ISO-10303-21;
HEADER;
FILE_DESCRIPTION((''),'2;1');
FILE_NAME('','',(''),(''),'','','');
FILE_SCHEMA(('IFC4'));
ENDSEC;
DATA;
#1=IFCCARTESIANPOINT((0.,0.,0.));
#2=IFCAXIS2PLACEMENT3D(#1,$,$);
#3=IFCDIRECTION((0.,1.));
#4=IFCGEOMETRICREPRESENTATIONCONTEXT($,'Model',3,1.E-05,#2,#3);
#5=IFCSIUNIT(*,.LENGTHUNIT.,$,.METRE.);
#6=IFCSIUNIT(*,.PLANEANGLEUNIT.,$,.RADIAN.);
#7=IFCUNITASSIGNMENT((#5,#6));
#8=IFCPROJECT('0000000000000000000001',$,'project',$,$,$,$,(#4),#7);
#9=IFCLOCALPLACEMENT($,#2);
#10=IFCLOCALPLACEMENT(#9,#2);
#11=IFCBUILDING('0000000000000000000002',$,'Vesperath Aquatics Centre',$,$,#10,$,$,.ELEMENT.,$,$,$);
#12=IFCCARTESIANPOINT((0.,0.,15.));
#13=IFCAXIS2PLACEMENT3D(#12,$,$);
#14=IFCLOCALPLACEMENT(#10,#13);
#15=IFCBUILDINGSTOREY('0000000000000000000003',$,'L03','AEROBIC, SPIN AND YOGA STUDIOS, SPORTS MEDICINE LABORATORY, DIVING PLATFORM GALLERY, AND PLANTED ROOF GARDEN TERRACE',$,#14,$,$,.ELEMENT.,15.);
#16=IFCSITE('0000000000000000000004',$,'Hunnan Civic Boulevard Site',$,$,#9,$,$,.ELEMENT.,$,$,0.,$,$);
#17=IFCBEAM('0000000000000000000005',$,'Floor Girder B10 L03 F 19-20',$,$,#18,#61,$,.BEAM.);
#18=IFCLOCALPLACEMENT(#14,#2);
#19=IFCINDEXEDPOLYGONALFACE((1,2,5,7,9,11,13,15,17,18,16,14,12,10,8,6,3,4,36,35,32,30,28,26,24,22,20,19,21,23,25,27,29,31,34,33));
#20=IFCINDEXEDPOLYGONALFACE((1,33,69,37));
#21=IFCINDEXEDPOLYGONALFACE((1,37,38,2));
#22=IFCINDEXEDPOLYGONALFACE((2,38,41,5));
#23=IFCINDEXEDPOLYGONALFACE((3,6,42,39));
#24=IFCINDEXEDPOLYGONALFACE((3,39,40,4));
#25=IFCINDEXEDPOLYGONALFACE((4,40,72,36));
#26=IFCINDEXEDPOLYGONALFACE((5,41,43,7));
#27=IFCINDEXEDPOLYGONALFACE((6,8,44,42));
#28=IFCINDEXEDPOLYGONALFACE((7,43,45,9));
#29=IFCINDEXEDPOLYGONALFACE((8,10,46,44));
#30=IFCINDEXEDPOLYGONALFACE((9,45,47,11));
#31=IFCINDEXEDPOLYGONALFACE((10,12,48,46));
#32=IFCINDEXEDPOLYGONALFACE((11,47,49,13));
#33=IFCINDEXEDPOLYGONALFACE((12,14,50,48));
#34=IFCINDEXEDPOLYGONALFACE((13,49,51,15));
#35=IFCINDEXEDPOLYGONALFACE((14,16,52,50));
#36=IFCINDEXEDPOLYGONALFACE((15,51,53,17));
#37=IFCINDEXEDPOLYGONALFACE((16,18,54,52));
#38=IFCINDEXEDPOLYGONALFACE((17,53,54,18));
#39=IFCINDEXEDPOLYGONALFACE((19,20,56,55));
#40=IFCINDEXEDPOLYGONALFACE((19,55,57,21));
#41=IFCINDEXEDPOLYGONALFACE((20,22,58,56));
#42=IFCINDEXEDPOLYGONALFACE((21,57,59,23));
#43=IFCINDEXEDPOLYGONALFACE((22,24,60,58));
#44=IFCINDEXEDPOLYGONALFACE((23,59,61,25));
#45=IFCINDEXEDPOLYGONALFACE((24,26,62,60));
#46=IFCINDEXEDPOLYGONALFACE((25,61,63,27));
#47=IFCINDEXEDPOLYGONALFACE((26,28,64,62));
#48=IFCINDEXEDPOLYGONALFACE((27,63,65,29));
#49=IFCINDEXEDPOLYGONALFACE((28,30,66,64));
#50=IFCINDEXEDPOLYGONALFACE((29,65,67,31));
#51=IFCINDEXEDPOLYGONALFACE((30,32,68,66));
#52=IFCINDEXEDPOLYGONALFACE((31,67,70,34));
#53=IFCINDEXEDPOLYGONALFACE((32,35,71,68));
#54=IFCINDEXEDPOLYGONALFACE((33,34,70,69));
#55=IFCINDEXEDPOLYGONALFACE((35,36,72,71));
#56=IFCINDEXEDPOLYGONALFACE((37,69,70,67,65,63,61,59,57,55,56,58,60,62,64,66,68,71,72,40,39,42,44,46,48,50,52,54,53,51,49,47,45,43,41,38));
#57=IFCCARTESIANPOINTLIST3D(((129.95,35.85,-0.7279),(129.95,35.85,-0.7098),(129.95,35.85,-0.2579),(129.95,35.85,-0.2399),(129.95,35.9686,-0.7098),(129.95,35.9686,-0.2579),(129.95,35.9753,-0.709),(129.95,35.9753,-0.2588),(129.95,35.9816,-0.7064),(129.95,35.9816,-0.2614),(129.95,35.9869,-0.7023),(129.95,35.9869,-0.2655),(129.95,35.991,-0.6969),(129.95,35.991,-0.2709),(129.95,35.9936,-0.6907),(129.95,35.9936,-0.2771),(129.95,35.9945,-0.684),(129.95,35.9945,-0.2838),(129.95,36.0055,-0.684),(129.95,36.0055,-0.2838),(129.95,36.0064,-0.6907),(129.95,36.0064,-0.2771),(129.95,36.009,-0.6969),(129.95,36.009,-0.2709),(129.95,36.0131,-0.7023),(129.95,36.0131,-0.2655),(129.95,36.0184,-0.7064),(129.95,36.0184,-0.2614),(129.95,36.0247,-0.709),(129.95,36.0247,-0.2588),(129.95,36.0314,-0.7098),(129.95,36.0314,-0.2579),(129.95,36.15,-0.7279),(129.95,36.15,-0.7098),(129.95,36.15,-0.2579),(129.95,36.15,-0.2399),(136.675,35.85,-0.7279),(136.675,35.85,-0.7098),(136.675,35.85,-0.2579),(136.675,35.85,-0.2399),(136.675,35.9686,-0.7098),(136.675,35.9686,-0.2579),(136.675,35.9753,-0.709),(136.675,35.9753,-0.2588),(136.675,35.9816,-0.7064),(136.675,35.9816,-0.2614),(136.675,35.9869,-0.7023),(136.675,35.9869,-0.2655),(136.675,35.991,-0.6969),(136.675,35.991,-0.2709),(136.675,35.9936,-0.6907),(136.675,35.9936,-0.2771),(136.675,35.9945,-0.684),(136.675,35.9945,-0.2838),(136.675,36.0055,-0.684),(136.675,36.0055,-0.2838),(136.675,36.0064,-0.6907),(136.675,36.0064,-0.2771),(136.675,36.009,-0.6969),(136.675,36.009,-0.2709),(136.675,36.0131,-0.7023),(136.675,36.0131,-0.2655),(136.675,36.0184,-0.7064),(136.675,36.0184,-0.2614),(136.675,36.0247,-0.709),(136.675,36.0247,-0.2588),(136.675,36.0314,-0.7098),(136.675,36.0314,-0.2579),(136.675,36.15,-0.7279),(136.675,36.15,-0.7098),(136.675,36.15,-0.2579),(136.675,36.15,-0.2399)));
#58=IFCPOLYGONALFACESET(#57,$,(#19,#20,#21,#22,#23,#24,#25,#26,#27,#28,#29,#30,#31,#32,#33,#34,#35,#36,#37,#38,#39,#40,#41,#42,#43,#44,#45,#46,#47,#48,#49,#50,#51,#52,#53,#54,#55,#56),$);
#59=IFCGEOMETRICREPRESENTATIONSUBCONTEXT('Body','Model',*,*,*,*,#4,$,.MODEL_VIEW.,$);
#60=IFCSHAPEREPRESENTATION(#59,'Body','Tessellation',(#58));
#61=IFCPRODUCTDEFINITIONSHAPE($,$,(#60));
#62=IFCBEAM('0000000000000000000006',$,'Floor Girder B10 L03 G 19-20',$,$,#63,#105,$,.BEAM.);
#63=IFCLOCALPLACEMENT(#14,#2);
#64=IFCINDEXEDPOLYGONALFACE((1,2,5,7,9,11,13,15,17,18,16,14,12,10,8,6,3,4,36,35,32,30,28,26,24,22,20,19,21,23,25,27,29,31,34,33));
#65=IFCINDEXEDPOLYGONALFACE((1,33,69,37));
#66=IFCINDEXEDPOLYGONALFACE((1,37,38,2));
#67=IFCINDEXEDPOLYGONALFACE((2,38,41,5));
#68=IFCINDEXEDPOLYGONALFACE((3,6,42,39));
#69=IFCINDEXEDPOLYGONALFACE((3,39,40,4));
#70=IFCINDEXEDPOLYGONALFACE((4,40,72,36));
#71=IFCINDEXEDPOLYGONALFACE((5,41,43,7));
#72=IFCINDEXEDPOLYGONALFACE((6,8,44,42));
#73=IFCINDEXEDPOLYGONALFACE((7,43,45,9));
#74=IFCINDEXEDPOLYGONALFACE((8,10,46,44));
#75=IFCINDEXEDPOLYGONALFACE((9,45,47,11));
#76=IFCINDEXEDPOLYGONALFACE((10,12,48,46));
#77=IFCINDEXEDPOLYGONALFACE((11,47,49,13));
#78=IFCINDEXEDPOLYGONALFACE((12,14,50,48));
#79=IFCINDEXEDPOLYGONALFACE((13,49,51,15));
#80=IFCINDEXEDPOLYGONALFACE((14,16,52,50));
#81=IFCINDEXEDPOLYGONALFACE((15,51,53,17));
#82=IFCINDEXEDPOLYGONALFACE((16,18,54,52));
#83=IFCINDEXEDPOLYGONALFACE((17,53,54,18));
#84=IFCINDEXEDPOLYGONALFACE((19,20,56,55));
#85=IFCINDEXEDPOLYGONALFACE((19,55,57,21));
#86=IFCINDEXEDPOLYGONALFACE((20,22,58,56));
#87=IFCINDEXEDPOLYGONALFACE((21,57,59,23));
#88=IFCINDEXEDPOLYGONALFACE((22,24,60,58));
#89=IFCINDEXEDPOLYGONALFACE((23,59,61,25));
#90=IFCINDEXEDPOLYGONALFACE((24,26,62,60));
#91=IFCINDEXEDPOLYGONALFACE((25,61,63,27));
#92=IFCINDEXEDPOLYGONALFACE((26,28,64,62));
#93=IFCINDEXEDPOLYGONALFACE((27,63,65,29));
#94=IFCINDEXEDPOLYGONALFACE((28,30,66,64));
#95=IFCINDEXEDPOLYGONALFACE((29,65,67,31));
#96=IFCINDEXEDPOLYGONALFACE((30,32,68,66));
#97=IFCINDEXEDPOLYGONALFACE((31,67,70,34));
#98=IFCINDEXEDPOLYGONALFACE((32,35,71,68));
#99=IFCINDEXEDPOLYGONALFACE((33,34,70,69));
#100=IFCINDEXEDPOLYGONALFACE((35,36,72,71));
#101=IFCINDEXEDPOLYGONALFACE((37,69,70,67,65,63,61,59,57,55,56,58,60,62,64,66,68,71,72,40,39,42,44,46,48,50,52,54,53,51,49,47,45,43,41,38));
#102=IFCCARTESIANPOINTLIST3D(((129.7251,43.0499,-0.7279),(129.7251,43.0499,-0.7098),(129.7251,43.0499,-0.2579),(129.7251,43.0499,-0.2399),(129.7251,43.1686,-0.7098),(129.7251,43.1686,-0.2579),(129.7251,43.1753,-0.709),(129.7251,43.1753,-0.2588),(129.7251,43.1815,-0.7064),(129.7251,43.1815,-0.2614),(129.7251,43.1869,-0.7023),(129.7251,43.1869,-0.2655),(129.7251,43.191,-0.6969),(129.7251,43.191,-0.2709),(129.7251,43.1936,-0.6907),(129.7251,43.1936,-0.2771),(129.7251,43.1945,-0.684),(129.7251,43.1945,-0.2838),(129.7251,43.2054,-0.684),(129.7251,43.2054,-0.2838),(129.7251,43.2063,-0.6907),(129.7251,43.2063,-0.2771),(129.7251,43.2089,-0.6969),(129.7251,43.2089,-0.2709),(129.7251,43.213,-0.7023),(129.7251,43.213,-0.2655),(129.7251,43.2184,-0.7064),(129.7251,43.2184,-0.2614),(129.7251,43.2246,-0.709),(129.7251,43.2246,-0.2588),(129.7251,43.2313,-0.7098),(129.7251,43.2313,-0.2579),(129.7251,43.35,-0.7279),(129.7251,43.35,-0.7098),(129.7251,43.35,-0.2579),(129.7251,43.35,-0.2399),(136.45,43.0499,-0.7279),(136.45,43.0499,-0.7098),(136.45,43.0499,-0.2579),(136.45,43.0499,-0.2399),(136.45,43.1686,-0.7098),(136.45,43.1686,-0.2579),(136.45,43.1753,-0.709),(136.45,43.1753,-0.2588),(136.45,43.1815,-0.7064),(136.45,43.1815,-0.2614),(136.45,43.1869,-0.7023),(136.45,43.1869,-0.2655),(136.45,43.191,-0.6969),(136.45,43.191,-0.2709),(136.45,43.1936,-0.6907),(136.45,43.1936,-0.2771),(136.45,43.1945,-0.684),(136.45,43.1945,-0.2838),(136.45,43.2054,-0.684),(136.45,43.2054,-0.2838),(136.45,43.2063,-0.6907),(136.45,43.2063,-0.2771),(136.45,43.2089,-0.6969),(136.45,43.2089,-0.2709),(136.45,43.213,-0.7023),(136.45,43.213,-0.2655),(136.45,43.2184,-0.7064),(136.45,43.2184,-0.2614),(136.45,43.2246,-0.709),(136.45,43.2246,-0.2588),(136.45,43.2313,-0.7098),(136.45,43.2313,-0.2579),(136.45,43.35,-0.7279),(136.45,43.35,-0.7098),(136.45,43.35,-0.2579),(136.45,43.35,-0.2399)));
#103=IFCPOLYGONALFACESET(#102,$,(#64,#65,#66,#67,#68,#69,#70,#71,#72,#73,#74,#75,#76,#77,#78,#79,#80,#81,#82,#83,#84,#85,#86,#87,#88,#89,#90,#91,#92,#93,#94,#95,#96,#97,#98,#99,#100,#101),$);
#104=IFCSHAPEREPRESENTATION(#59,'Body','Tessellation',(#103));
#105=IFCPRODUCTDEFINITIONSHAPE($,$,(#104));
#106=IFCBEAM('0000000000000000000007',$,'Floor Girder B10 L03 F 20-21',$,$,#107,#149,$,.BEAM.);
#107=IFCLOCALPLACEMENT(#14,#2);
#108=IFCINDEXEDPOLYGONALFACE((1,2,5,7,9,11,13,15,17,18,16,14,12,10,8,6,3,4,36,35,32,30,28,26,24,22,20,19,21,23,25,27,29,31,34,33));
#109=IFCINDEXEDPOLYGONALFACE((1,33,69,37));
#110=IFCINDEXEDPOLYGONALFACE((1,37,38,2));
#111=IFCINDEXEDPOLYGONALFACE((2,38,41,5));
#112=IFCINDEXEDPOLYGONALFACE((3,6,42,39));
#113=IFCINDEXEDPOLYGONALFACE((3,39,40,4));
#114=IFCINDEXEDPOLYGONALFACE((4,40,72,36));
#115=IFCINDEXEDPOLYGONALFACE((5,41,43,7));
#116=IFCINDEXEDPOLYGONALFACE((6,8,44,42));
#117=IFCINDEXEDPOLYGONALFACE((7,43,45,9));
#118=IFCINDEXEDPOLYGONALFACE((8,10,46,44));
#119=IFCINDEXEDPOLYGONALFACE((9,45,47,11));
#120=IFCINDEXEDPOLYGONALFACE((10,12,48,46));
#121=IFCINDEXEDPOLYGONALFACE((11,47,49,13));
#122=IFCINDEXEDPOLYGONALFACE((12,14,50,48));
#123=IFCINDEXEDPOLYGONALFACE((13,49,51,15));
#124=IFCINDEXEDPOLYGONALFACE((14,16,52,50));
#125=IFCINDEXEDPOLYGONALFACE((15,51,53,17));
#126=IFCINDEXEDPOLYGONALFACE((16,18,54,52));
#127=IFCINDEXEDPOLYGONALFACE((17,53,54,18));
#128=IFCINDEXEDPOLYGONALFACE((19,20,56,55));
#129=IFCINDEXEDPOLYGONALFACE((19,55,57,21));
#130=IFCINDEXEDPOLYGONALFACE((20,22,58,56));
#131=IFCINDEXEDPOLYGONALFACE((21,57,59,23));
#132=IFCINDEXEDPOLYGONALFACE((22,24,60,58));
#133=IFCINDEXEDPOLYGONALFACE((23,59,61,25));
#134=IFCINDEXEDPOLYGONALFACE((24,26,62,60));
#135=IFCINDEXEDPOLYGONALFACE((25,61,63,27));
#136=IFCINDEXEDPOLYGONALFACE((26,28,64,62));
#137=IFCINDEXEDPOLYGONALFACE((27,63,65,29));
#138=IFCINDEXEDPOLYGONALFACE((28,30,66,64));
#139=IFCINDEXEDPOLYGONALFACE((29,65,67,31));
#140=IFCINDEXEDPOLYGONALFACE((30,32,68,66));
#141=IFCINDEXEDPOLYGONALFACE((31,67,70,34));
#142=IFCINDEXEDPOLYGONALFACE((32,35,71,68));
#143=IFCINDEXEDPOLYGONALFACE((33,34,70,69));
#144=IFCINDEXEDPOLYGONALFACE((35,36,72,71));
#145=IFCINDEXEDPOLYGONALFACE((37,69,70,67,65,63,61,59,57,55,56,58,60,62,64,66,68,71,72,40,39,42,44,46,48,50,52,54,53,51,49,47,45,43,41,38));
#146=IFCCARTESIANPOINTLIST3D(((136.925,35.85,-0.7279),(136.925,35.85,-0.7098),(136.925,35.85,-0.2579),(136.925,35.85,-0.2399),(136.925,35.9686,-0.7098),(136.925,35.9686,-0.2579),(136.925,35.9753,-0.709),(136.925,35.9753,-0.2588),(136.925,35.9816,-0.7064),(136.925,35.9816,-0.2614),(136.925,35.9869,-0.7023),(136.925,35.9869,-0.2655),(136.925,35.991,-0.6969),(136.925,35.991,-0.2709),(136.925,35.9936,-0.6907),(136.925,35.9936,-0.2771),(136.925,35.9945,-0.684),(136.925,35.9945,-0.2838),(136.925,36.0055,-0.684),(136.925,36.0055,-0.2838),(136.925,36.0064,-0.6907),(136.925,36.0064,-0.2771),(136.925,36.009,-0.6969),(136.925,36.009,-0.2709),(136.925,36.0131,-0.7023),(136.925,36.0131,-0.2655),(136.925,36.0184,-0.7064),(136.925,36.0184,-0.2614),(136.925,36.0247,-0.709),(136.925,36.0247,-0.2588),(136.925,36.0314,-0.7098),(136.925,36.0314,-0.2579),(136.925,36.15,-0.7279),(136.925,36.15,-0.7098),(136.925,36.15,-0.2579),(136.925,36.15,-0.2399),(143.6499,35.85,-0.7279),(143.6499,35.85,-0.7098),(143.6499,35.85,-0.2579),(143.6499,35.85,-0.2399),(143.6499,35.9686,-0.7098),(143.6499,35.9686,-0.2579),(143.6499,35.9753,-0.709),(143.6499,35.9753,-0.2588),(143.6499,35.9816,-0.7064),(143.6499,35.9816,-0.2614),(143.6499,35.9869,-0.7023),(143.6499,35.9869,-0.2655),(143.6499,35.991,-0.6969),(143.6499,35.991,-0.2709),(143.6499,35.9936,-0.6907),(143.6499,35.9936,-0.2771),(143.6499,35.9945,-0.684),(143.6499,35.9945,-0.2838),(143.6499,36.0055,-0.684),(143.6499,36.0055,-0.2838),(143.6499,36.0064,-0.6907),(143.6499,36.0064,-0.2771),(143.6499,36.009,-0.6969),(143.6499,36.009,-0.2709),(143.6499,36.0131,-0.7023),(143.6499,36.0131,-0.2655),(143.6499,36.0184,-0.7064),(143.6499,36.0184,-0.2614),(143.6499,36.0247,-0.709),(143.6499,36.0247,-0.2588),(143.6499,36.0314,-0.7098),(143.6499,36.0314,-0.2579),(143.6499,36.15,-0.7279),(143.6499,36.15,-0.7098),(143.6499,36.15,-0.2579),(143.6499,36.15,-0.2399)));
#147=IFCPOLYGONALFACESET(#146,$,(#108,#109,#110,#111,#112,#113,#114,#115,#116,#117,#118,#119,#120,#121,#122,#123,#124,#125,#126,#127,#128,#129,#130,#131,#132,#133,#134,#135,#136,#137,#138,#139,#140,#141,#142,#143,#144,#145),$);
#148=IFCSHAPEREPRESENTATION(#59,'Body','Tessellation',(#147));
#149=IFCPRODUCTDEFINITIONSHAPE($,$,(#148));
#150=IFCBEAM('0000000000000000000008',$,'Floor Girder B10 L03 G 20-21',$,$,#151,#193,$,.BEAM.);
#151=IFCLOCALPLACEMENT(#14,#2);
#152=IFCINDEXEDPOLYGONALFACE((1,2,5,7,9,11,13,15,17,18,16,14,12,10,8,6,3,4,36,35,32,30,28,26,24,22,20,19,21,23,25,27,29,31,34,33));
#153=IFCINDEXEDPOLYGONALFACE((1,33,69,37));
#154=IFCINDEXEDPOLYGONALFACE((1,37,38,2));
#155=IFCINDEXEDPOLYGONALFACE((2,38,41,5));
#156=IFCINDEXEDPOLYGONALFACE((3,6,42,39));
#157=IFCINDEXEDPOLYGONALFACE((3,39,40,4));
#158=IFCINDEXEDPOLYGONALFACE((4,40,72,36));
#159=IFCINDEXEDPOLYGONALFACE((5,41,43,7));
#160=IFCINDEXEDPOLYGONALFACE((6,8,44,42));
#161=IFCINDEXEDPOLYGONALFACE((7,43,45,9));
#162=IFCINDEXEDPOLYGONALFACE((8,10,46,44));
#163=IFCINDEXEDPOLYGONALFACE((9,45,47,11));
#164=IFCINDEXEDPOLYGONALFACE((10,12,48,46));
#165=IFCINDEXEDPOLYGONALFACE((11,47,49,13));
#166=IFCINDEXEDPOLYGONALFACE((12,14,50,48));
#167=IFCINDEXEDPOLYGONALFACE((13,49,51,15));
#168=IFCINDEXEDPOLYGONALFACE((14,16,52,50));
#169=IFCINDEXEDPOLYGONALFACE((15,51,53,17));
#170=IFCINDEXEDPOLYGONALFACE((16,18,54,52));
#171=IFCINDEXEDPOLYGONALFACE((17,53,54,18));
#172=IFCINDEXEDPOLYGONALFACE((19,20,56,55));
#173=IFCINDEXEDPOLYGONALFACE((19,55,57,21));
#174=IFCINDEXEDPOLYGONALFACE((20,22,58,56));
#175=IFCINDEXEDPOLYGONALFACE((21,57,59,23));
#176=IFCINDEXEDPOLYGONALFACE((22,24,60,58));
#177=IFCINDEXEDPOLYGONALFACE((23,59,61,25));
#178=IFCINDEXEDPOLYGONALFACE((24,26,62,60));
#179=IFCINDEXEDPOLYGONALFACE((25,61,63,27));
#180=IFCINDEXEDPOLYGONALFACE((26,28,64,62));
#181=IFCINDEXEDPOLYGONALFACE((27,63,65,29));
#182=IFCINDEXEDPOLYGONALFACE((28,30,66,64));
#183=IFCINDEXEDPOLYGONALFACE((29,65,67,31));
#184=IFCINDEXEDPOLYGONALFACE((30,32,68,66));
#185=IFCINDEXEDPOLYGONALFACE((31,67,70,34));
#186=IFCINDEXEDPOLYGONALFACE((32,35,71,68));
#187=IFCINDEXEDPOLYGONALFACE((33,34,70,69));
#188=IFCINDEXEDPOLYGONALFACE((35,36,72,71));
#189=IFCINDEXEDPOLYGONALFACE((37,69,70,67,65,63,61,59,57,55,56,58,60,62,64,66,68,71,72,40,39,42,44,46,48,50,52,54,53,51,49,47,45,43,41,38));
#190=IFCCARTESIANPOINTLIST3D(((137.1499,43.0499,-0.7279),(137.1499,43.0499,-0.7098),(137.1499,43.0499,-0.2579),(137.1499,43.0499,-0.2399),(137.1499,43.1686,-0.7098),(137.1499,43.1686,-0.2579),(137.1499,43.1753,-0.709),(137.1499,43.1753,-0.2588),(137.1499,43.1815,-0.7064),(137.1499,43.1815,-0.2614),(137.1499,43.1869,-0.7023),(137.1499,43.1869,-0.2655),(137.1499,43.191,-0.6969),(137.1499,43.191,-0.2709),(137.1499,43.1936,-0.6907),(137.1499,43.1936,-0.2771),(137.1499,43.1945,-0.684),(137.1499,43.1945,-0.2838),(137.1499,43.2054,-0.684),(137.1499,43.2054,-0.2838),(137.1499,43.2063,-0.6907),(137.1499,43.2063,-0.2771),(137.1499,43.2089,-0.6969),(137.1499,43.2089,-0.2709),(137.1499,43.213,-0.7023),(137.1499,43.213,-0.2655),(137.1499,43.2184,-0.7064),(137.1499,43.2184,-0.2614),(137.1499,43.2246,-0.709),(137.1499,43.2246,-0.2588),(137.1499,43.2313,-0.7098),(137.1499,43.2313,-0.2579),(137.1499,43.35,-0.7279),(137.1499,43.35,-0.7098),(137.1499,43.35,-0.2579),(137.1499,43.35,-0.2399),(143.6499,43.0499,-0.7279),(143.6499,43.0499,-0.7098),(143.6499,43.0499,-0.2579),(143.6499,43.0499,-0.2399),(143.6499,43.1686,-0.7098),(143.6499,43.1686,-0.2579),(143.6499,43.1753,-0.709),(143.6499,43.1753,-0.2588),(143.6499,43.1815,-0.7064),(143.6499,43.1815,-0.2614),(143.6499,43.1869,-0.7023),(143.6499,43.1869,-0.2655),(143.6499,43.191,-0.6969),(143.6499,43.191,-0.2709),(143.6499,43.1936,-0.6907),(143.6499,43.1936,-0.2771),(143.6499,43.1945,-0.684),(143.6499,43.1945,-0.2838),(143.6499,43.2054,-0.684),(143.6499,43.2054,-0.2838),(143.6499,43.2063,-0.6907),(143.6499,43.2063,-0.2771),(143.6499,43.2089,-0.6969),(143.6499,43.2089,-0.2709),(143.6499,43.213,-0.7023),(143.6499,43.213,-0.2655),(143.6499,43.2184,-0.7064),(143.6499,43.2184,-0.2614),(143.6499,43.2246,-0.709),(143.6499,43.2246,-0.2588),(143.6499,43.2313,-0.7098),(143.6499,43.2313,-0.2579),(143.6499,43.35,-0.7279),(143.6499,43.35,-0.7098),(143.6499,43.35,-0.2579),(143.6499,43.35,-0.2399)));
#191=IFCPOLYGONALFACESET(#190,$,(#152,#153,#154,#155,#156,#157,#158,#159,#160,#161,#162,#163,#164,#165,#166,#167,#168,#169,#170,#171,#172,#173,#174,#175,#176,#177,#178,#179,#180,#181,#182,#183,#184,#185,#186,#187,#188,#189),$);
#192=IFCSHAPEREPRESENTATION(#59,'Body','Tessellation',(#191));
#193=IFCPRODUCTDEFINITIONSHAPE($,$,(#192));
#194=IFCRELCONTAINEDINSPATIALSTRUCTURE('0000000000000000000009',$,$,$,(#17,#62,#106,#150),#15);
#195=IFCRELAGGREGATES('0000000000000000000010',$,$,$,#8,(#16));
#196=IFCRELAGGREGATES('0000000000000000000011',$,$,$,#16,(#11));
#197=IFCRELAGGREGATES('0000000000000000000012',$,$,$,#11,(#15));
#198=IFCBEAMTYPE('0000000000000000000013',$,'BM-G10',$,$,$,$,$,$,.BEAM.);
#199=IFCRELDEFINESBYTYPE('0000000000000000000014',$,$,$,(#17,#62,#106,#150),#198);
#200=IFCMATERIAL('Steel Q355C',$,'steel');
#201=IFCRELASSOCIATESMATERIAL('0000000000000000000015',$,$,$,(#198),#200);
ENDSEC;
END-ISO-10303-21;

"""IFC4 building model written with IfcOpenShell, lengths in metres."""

from ifc_helpers import new_model, si_unit, direction, frame, origin, origin_2d, place, context, subcontext, project, spatial, i_section, extrude, material, material_profile, profile_set, type_object, element, save


model = new_model("IFC4")

# Units and contexts
model_context = context("Model", 3, precision=1e-05, world=origin(), true_north=direction((0.0, 1.0)))
body_context = subcontext(model_context, "Body", "Model", "MODEL_VIEW")
ifc_project = project(units=[si_unit("LENGTHUNIT", "METRE"), si_unit("PLANEANGLEUNIT", "RADIAN")], contexts=[model_context])

# Site, building, storey
site_placement = place(None, origin())
site = spatial("IfcSite", under=ifc_project, at=site_placement, Name="Hunnan Civic Boulevard Site", CompositionType="ELEMENT", RefElevation=0.0)
building_placement = place(site_placement, origin())
building = spatial("IfcBuilding", under=site, at=building_placement, Name="Vesperath Aquatics Centre", CompositionType="ELEMENT")
storey_placement = place(building_placement, frame((0.0, 0.0, 15.0)))
storey = spatial("IfcBuildingStorey", under=building, at=storey_placement, Name="L03", Description="AEROBIC, SPIN AND YOGA STUDIOS, SPORTS MEDICINE LABORATORY, DIVING PLATFORM GALLERY, AND PLANTED ROOF GARDEN TERRACE", CompositionType="ELEMENT", Elevation=15.0)

# Shared definitions
ifc_material_1 = material(Name="Steel Q355C", Category="steel")

# Beams
ifc_material_profile_1 = material_profile(ifc_material_1, i_section(OverallWidth=0.3, OverallDepth=0.488, WebThickness=0.011, FlangeThickness=0.0181, FilletRadius=0.0259, at=origin_2d()), Name="HM 488x300x11x18")
ifc_profile_set_1 = profile_set([ifc_material_profile_1], Name="Steel Q355C")
beam_type_1 = type_object("IfcBeamType", Name="BM-G10", PredefinedType="BEAM", material=ifc_profile_set_1)
beam_1_placement = place(storey_placement, frame((129.95, 36.0, -0.4839), z_axis=(1.0, 0.0, 0.0), x_axis=(0.0, 1.0, 0.0)))
element("IfcBeam", 1, at=beam_1_placement, inside=storey, type_object=beam_type_1, Name="Floor Girder B10 L03 F 19-20", PredefinedType="BEAM", context=body_context, shape_type="SweptSolid", body=[
    extrude(i_section(OverallWidth=0.3, OverallDepth=0.488, WebThickness=0.011, FlangeThickness=0.0181, FilletRadius=0.0259, at=origin_2d()), origin(), (0.0, 0.0, 1.0), 6.7251),
])
for number, where, z_axis, x_axis, name in (
    (2, (129.7251, 43.2, -0.4839), (1.0, 0.0, 0.0), (0.0, 1.0, 0.0), "Floor Girder B10 L03 G 19-20"),
    (3, (136.925, 36.0, -0.4839), (1.0, 0.0, 0.0), (0.0, 1.0, 0.0), "Floor Girder B10 L03 F 20-21"),
):
    element("IfcBeam", number, at=place(storey_placement, frame(where, z_axis=z_axis, x_axis=x_axis)), inside=storey, type_object=beam_type_1, Name=name, PredefinedType="BEAM", context=body_context, shape_type="SweptSolid", body=[
        extrude(i_section(OverallWidth=0.3, OverallDepth=0.488, WebThickness=0.011, FlangeThickness=0.0181, FilletRadius=0.0259, at=origin_2d()), origin(), (0.0, 0.0, 1.0), 6.7249),
    ])
beam_2_placement = place(storey_placement, frame((137.1499, 43.2, -0.4839), z_axis=(1.0, 0.0, 0.0), x_axis=(0.0, 1.0, 0.0)))
element("IfcBeam", 4, at=beam_2_placement, inside=storey, type_object=beam_type_1, Name="Floor Girder B10 L03 G 20-21", PredefinedType="BEAM", context=body_context, shape_type="SweptSolid", body=[
    extrude(i_section(OverallWidth=0.3, OverallDepth=0.488, WebThickness=0.011, FlangeThickness=0.0181, FilletRadius=0.0259, at=origin_2d()), origin(), (0.0, 0.0, 1.0), 6.5),
])

save(model, "model.ifc")
